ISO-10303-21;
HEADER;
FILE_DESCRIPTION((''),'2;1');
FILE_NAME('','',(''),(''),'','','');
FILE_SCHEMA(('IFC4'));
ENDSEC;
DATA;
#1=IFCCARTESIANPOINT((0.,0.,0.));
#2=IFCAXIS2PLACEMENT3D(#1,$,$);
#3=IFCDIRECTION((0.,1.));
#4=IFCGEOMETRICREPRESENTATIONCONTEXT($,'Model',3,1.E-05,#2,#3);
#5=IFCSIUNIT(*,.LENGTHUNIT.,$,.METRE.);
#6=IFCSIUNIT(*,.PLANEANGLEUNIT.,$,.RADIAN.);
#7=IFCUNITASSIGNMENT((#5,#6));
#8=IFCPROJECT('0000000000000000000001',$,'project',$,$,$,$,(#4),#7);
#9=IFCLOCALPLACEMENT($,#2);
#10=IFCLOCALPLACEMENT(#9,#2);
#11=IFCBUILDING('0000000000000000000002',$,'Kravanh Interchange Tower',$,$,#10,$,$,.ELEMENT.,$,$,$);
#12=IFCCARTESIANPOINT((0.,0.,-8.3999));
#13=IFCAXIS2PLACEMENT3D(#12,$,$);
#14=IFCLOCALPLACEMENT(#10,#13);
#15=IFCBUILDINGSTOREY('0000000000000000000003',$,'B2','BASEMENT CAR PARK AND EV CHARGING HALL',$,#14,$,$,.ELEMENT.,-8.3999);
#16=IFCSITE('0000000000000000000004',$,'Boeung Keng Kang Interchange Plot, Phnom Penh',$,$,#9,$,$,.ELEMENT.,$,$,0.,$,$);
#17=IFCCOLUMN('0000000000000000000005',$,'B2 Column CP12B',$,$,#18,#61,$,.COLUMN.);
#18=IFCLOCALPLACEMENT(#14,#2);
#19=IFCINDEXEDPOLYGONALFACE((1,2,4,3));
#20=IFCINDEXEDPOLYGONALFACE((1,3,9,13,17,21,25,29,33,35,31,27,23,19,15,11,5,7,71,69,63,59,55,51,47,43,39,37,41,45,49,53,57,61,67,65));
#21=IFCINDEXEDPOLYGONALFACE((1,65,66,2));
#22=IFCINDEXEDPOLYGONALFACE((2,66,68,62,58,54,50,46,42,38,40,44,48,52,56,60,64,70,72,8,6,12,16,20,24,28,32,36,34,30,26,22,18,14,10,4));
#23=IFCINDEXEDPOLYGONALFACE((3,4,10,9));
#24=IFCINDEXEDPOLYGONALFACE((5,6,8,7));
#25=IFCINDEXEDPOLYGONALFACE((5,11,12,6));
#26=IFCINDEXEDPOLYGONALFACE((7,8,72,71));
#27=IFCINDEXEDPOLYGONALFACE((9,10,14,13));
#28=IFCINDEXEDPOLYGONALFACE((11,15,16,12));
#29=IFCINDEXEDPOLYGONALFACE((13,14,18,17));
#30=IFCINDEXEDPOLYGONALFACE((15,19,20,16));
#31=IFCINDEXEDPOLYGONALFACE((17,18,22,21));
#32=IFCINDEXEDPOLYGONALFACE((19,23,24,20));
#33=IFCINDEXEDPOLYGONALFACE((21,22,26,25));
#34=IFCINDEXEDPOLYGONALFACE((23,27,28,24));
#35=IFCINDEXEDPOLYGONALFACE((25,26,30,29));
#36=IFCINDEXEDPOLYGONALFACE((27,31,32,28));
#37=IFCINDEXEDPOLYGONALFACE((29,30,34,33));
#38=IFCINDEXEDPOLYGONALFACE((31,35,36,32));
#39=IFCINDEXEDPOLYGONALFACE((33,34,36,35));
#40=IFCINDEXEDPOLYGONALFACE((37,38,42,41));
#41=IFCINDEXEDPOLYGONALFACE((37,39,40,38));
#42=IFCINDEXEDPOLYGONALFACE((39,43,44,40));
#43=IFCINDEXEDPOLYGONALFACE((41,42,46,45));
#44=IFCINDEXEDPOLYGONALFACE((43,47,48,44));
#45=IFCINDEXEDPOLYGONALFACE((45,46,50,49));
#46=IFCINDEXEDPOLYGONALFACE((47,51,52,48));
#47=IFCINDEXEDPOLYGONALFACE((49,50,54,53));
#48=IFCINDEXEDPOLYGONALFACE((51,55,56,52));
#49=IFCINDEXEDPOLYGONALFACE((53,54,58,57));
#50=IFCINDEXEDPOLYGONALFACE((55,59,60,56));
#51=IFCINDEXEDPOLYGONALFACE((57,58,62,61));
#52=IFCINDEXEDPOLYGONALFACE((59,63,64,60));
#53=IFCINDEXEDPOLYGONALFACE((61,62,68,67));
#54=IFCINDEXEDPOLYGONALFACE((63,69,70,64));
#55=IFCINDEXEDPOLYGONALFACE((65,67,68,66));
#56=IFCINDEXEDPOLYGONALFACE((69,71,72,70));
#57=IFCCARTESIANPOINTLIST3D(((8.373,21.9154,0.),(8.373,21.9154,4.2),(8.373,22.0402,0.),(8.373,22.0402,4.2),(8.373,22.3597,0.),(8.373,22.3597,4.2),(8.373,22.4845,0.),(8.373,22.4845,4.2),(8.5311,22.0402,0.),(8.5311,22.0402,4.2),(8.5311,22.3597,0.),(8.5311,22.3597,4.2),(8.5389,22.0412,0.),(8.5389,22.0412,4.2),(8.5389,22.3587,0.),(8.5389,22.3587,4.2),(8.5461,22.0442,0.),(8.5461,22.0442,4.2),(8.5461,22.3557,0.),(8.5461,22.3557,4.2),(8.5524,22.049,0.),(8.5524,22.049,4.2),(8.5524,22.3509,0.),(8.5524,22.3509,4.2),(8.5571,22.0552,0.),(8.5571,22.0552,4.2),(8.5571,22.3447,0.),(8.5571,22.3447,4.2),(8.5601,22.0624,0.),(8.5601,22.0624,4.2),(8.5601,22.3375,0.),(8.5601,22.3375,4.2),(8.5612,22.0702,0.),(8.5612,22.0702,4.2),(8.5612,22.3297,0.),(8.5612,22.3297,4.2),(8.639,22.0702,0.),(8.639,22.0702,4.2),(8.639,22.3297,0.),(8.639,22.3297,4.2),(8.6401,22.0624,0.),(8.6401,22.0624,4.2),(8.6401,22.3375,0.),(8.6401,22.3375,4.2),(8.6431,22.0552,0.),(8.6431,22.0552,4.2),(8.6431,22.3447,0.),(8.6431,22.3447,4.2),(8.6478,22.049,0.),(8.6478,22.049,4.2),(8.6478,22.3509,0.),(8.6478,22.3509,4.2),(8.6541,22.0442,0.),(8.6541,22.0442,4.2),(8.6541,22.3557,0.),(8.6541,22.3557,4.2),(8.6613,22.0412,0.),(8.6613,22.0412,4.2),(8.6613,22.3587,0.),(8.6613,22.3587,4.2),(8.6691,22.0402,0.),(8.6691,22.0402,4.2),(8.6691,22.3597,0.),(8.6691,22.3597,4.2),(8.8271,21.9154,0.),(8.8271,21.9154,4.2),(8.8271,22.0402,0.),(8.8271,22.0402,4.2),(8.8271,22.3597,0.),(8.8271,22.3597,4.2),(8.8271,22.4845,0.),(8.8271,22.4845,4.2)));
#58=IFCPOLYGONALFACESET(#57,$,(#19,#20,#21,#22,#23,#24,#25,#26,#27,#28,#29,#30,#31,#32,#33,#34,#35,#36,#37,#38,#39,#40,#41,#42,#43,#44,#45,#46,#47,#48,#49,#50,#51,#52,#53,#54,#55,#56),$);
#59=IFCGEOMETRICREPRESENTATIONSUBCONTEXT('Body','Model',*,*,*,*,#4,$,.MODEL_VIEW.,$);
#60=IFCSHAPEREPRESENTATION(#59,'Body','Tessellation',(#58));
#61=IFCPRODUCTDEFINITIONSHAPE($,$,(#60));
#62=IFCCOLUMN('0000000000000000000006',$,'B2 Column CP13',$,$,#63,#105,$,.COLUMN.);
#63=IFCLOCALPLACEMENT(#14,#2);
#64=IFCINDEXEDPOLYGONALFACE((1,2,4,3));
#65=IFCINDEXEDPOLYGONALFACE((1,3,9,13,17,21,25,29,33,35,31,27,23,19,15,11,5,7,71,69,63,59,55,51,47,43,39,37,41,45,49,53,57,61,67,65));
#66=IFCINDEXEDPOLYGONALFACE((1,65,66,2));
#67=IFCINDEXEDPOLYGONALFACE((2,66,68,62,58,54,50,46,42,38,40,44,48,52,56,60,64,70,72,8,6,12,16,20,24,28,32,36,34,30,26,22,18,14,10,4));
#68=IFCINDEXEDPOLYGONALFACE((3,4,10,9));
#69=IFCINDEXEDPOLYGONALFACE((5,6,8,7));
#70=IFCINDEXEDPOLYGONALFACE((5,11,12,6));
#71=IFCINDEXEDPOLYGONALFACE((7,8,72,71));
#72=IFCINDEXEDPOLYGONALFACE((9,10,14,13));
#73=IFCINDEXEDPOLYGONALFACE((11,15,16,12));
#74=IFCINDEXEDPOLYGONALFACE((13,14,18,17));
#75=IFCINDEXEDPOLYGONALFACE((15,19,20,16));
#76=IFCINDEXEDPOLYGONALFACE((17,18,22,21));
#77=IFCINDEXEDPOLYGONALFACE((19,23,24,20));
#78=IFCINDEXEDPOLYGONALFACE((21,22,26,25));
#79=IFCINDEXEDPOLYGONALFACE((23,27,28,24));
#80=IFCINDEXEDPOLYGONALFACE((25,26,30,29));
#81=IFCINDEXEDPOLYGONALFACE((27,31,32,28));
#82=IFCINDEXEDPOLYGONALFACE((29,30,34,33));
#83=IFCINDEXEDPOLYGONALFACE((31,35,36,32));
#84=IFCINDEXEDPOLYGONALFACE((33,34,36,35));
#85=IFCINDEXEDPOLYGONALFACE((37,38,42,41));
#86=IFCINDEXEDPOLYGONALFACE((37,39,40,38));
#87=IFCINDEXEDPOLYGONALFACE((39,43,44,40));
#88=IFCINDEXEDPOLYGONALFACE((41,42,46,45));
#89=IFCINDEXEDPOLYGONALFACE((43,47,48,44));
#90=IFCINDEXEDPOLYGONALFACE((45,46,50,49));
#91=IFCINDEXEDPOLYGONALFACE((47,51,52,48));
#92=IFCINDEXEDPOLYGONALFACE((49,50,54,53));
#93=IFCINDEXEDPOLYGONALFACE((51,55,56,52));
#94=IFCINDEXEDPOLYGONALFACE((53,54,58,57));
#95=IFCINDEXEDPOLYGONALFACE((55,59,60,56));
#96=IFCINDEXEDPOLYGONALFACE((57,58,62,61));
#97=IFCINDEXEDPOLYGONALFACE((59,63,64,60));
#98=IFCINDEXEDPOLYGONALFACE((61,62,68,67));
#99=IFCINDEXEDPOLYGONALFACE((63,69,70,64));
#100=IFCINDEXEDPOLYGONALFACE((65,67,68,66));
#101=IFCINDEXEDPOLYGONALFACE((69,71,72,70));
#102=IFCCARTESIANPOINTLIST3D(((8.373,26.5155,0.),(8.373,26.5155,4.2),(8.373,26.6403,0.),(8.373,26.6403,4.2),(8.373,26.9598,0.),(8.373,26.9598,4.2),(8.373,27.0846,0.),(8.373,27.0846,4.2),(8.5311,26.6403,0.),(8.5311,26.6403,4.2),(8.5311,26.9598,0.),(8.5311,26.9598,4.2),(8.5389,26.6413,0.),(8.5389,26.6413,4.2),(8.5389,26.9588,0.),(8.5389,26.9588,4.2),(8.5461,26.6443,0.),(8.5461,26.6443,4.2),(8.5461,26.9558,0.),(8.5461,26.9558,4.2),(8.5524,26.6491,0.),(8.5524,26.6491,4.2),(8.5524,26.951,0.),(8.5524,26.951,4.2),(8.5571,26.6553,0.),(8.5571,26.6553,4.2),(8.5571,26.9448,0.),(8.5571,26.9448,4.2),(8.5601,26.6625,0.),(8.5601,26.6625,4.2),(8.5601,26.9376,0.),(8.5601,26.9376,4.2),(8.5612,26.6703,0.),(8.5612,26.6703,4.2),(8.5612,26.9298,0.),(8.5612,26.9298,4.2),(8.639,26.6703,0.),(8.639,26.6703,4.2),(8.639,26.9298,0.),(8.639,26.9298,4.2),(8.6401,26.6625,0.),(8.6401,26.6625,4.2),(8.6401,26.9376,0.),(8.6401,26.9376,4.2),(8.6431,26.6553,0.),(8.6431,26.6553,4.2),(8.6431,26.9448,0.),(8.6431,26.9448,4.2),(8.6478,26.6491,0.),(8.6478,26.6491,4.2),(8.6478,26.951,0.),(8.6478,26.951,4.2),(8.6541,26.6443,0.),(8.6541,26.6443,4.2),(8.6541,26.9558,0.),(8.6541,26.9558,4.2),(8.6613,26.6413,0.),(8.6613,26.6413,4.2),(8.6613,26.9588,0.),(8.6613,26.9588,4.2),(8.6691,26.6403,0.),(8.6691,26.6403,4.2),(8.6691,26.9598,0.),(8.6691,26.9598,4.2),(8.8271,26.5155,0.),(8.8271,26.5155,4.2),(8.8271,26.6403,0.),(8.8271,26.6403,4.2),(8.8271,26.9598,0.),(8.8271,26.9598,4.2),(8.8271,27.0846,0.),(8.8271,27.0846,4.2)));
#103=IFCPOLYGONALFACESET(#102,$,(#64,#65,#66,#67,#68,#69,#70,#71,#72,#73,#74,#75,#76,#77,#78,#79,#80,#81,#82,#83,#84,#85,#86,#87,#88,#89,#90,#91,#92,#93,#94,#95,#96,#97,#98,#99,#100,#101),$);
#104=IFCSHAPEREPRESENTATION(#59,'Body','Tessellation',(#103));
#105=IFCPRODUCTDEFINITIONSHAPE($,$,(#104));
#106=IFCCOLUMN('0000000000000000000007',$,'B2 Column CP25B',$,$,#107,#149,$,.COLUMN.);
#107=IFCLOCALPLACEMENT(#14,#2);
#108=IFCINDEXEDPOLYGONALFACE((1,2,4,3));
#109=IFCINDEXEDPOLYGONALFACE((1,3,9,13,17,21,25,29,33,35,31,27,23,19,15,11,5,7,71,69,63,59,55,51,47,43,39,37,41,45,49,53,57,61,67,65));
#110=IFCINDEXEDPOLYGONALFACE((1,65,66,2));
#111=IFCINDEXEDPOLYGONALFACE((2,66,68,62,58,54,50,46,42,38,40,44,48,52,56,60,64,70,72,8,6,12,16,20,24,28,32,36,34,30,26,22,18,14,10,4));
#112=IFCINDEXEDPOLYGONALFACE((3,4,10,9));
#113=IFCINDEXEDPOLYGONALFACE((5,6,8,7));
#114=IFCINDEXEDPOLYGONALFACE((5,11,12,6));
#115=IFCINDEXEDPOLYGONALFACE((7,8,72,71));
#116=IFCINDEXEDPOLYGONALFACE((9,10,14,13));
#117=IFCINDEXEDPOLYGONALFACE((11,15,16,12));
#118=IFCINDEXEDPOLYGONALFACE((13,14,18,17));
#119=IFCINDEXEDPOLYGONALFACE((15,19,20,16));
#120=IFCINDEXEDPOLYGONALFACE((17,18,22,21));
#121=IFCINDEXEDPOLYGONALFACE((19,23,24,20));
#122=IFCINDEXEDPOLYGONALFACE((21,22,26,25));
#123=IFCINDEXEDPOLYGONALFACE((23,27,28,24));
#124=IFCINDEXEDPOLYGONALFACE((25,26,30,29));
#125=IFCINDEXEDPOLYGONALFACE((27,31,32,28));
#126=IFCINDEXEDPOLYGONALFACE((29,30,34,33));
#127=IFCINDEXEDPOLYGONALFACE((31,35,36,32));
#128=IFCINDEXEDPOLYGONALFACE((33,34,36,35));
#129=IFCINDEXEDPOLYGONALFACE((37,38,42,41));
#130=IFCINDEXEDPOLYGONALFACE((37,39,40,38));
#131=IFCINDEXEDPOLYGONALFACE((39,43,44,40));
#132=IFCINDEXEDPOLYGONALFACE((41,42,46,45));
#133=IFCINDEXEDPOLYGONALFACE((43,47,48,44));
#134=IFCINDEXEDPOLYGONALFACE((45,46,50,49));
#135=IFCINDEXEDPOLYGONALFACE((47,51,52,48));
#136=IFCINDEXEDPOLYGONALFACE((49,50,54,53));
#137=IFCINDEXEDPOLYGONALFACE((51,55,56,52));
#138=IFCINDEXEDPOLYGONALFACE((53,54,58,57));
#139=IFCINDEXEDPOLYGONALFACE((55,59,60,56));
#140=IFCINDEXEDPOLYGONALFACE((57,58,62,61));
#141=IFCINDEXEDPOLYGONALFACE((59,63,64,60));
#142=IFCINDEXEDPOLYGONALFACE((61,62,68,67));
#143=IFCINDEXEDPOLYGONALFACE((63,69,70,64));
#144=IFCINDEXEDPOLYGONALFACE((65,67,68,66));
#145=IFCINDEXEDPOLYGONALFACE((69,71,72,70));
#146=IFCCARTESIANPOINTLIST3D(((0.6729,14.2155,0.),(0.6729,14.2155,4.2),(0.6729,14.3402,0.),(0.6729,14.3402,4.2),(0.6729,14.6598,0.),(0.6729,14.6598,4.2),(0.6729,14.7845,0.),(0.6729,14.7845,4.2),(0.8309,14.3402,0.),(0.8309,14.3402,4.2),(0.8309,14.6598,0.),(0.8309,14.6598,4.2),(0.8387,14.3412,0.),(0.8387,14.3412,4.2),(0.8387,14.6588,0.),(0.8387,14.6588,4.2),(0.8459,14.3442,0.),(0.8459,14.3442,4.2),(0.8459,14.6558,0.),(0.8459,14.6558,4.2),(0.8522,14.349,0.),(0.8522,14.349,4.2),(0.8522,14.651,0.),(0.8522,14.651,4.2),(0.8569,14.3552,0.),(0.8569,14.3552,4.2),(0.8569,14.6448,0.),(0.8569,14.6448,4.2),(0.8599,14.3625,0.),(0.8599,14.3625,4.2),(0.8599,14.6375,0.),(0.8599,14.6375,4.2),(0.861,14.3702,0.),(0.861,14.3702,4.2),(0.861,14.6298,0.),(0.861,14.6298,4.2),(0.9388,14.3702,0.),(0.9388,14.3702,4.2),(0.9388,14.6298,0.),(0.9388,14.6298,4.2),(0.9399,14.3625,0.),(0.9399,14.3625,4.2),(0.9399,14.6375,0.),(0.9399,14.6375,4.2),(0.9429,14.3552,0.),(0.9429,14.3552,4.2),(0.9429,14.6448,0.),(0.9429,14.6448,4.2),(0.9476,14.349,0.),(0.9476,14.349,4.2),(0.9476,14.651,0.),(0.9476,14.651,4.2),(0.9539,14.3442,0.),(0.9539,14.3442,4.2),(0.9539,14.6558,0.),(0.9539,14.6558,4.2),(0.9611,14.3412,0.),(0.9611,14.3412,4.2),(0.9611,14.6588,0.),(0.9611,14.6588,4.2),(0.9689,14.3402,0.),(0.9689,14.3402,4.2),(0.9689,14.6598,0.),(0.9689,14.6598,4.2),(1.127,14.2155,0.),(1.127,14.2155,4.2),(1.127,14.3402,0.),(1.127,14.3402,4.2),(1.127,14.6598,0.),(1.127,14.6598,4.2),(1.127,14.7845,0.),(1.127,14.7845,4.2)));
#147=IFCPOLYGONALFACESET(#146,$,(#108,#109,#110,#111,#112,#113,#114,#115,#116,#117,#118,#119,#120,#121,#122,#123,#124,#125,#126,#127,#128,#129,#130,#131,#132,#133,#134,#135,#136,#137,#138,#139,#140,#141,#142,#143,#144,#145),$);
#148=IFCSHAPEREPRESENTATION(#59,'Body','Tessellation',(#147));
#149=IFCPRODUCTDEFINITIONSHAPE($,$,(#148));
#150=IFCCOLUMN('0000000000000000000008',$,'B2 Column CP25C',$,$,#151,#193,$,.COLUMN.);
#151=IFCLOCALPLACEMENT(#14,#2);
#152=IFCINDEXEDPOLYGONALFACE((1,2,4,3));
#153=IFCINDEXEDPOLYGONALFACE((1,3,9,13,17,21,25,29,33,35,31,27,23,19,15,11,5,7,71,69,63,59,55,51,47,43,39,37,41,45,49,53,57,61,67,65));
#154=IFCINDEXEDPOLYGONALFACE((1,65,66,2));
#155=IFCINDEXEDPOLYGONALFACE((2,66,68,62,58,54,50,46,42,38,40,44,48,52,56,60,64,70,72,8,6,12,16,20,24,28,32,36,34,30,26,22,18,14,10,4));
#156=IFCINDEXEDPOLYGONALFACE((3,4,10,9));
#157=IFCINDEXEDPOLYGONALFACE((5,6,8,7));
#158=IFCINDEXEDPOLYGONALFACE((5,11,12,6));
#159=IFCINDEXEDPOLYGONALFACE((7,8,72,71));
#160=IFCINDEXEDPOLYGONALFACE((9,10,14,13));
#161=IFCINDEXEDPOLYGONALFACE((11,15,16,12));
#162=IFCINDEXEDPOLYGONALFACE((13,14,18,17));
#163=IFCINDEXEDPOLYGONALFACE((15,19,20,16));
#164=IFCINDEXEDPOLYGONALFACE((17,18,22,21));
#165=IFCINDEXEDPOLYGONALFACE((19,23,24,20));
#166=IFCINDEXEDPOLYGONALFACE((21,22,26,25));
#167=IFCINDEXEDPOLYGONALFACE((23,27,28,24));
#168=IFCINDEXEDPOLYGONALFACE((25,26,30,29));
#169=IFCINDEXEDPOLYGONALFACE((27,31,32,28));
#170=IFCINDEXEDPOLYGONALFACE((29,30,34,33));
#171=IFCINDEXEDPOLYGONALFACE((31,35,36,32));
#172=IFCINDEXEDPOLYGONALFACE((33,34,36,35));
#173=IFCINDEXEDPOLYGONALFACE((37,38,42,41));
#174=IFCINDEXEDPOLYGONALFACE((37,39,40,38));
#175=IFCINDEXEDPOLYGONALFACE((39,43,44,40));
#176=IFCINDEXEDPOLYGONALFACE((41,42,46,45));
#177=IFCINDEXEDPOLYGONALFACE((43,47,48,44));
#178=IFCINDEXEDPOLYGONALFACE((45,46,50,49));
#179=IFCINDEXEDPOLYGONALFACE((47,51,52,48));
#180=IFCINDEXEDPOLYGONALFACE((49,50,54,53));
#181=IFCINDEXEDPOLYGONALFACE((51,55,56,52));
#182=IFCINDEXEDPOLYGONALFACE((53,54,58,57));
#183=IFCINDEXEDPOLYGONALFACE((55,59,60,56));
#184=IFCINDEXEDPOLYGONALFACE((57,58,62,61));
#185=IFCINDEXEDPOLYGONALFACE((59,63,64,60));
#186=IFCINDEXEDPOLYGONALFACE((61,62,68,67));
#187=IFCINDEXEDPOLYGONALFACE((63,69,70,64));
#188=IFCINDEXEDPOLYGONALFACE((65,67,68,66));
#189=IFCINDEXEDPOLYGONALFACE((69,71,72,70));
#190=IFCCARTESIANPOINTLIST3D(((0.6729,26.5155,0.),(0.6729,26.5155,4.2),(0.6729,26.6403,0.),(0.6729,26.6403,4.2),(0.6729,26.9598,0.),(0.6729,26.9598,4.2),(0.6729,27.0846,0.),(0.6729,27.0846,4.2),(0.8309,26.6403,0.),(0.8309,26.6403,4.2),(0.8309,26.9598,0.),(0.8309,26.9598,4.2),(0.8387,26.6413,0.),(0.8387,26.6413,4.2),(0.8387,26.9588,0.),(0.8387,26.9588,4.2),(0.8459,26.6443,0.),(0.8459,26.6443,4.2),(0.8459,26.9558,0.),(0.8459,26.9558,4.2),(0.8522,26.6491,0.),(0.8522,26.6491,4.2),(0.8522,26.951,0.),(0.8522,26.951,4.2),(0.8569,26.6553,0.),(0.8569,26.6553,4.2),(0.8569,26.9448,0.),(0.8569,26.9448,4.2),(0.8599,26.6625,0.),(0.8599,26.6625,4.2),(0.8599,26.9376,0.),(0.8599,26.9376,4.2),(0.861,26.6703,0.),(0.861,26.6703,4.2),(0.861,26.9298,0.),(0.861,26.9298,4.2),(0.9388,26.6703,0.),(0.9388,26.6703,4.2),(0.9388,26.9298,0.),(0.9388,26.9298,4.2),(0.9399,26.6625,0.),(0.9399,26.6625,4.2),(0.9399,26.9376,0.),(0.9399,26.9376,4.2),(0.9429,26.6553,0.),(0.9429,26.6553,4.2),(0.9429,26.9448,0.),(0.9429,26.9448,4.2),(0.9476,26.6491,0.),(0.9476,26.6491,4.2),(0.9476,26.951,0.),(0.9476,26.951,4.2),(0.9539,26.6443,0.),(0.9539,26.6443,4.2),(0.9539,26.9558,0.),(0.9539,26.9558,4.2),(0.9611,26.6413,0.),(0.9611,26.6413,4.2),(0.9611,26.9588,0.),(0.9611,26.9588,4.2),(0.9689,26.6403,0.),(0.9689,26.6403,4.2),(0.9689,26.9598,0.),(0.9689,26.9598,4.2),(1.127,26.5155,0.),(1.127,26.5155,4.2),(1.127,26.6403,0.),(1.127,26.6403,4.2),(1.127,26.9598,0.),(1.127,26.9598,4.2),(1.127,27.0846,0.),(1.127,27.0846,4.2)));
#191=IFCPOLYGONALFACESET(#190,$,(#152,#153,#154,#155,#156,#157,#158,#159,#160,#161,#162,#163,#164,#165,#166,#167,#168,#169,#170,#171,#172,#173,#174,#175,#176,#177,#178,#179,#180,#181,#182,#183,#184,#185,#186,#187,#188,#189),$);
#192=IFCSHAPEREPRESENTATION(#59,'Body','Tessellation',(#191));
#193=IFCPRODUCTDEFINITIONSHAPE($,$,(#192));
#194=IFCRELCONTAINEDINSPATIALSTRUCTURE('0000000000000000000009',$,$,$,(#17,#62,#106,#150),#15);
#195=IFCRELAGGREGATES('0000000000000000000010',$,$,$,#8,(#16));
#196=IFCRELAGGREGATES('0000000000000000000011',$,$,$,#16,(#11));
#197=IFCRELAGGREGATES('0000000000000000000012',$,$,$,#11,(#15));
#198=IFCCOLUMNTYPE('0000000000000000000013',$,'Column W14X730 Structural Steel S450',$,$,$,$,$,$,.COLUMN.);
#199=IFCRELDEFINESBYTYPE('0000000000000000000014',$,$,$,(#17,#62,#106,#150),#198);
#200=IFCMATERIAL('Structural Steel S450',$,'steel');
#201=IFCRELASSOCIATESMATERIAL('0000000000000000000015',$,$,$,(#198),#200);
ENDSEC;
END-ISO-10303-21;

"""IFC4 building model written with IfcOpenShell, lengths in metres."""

from ifc_helpers import new_model, si_unit, direction, frame, origin, origin_2d, place, context, subcontext, project, spatial, i_section, extrude, material, material_profile, profile_set, type_object, element, save


model = new_model("IFC4")

# Units and contexts
model_context = context("Model", 3, precision=1e-05, world=origin(), true_north=direction((0.0, 1.0)))
body_context = subcontext(model_context, "Body", "Model", "MODEL_VIEW")
ifc_project = project(units=[si_unit("LENGTHUNIT", "METRE"), si_unit("PLANEANGLEUNIT", "RADIAN")], contexts=[model_context])

# Site, building, storey
site_placement = place(None, origin())
site = spatial("IfcSite", under=ifc_project, at=site_placement, Name="Boeung Keng Kang Interchange Plot, Phnom Penh", CompositionType="ELEMENT", RefElevation=0.0)
building_placement = place(site_placement, origin())
building = spatial("IfcBuilding", under=site, at=building_placement, Name="Kravanh Interchange Tower", CompositionType="ELEMENT")
storey_placement = place(building_placement, frame((0.0, 0.0, -8.3999)))
storey = spatial("IfcBuildingStorey", under=building, at=storey_placement, Name="B2", Description="BASEMENT CAR PARK AND EV CHARGING HALL", CompositionType="ELEMENT", Elevation=-8.3999)

# Columns
ifc_material_1 = material(Name="Structural Steel S450", Category="steel")
ifc_material_profile_1 = material_profile(ifc_material_1, i_section(OverallWidth=0.4541, OverallDepth=0.5691, WebThickness=0.0779, FlangeThickness=0.1248, FilletRadius=0.03, at=origin_2d()), Name="W14X730")
ifc_profile_set_1 = profile_set([ifc_material_profile_1], Name="Structural Steel S450")
column_type = type_object("IfcColumnType", Name="Column W14X730 Structural Steel S450", PredefinedType="COLUMN", material=ifc_profile_set_1)
for number, where, z_axis, x_axis, name in (
    (1, (8.6001, 22.2, 0.0), (0.0, 0.0, 1.0), (1.0, 0.0, 0.0), "B2 Column CP12B"),
    (2, (8.6001, 26.8, 0.0), (0.0, 0.0, 1.0), (1.0, 0.0, 0.0), "B2 Column CP13"),
    (3, (0.8999, 14.5, 0.0), (0.0, 0.0, 1.0), (1.0, 0.0, 0.0), "B2 Column CP25B"),
    (4, (0.8999, 26.8, 0.0), (0.0, 0.0, 1.0), (1.0, 0.0, 0.0), "B2 Column CP25C"),
):
    element("IfcColumn", number, at=place(storey_placement, frame(where, z_axis=z_axis, x_axis=x_axis)), inside=storey, type_object=column_type, Name=name, PredefinedType="COLUMN", context=body_context, shape_type="SweptSolid", body=[
        extrude(i_section(OverallWidth=0.4541, OverallDepth=0.5691, WebThickness=0.0779, FlangeThickness=0.1248, FilletRadius=0.03, at=origin_2d()), origin(), (0.0, 0.0, 1.0), 4.2),
    ])

save(model, "model.ifc")
